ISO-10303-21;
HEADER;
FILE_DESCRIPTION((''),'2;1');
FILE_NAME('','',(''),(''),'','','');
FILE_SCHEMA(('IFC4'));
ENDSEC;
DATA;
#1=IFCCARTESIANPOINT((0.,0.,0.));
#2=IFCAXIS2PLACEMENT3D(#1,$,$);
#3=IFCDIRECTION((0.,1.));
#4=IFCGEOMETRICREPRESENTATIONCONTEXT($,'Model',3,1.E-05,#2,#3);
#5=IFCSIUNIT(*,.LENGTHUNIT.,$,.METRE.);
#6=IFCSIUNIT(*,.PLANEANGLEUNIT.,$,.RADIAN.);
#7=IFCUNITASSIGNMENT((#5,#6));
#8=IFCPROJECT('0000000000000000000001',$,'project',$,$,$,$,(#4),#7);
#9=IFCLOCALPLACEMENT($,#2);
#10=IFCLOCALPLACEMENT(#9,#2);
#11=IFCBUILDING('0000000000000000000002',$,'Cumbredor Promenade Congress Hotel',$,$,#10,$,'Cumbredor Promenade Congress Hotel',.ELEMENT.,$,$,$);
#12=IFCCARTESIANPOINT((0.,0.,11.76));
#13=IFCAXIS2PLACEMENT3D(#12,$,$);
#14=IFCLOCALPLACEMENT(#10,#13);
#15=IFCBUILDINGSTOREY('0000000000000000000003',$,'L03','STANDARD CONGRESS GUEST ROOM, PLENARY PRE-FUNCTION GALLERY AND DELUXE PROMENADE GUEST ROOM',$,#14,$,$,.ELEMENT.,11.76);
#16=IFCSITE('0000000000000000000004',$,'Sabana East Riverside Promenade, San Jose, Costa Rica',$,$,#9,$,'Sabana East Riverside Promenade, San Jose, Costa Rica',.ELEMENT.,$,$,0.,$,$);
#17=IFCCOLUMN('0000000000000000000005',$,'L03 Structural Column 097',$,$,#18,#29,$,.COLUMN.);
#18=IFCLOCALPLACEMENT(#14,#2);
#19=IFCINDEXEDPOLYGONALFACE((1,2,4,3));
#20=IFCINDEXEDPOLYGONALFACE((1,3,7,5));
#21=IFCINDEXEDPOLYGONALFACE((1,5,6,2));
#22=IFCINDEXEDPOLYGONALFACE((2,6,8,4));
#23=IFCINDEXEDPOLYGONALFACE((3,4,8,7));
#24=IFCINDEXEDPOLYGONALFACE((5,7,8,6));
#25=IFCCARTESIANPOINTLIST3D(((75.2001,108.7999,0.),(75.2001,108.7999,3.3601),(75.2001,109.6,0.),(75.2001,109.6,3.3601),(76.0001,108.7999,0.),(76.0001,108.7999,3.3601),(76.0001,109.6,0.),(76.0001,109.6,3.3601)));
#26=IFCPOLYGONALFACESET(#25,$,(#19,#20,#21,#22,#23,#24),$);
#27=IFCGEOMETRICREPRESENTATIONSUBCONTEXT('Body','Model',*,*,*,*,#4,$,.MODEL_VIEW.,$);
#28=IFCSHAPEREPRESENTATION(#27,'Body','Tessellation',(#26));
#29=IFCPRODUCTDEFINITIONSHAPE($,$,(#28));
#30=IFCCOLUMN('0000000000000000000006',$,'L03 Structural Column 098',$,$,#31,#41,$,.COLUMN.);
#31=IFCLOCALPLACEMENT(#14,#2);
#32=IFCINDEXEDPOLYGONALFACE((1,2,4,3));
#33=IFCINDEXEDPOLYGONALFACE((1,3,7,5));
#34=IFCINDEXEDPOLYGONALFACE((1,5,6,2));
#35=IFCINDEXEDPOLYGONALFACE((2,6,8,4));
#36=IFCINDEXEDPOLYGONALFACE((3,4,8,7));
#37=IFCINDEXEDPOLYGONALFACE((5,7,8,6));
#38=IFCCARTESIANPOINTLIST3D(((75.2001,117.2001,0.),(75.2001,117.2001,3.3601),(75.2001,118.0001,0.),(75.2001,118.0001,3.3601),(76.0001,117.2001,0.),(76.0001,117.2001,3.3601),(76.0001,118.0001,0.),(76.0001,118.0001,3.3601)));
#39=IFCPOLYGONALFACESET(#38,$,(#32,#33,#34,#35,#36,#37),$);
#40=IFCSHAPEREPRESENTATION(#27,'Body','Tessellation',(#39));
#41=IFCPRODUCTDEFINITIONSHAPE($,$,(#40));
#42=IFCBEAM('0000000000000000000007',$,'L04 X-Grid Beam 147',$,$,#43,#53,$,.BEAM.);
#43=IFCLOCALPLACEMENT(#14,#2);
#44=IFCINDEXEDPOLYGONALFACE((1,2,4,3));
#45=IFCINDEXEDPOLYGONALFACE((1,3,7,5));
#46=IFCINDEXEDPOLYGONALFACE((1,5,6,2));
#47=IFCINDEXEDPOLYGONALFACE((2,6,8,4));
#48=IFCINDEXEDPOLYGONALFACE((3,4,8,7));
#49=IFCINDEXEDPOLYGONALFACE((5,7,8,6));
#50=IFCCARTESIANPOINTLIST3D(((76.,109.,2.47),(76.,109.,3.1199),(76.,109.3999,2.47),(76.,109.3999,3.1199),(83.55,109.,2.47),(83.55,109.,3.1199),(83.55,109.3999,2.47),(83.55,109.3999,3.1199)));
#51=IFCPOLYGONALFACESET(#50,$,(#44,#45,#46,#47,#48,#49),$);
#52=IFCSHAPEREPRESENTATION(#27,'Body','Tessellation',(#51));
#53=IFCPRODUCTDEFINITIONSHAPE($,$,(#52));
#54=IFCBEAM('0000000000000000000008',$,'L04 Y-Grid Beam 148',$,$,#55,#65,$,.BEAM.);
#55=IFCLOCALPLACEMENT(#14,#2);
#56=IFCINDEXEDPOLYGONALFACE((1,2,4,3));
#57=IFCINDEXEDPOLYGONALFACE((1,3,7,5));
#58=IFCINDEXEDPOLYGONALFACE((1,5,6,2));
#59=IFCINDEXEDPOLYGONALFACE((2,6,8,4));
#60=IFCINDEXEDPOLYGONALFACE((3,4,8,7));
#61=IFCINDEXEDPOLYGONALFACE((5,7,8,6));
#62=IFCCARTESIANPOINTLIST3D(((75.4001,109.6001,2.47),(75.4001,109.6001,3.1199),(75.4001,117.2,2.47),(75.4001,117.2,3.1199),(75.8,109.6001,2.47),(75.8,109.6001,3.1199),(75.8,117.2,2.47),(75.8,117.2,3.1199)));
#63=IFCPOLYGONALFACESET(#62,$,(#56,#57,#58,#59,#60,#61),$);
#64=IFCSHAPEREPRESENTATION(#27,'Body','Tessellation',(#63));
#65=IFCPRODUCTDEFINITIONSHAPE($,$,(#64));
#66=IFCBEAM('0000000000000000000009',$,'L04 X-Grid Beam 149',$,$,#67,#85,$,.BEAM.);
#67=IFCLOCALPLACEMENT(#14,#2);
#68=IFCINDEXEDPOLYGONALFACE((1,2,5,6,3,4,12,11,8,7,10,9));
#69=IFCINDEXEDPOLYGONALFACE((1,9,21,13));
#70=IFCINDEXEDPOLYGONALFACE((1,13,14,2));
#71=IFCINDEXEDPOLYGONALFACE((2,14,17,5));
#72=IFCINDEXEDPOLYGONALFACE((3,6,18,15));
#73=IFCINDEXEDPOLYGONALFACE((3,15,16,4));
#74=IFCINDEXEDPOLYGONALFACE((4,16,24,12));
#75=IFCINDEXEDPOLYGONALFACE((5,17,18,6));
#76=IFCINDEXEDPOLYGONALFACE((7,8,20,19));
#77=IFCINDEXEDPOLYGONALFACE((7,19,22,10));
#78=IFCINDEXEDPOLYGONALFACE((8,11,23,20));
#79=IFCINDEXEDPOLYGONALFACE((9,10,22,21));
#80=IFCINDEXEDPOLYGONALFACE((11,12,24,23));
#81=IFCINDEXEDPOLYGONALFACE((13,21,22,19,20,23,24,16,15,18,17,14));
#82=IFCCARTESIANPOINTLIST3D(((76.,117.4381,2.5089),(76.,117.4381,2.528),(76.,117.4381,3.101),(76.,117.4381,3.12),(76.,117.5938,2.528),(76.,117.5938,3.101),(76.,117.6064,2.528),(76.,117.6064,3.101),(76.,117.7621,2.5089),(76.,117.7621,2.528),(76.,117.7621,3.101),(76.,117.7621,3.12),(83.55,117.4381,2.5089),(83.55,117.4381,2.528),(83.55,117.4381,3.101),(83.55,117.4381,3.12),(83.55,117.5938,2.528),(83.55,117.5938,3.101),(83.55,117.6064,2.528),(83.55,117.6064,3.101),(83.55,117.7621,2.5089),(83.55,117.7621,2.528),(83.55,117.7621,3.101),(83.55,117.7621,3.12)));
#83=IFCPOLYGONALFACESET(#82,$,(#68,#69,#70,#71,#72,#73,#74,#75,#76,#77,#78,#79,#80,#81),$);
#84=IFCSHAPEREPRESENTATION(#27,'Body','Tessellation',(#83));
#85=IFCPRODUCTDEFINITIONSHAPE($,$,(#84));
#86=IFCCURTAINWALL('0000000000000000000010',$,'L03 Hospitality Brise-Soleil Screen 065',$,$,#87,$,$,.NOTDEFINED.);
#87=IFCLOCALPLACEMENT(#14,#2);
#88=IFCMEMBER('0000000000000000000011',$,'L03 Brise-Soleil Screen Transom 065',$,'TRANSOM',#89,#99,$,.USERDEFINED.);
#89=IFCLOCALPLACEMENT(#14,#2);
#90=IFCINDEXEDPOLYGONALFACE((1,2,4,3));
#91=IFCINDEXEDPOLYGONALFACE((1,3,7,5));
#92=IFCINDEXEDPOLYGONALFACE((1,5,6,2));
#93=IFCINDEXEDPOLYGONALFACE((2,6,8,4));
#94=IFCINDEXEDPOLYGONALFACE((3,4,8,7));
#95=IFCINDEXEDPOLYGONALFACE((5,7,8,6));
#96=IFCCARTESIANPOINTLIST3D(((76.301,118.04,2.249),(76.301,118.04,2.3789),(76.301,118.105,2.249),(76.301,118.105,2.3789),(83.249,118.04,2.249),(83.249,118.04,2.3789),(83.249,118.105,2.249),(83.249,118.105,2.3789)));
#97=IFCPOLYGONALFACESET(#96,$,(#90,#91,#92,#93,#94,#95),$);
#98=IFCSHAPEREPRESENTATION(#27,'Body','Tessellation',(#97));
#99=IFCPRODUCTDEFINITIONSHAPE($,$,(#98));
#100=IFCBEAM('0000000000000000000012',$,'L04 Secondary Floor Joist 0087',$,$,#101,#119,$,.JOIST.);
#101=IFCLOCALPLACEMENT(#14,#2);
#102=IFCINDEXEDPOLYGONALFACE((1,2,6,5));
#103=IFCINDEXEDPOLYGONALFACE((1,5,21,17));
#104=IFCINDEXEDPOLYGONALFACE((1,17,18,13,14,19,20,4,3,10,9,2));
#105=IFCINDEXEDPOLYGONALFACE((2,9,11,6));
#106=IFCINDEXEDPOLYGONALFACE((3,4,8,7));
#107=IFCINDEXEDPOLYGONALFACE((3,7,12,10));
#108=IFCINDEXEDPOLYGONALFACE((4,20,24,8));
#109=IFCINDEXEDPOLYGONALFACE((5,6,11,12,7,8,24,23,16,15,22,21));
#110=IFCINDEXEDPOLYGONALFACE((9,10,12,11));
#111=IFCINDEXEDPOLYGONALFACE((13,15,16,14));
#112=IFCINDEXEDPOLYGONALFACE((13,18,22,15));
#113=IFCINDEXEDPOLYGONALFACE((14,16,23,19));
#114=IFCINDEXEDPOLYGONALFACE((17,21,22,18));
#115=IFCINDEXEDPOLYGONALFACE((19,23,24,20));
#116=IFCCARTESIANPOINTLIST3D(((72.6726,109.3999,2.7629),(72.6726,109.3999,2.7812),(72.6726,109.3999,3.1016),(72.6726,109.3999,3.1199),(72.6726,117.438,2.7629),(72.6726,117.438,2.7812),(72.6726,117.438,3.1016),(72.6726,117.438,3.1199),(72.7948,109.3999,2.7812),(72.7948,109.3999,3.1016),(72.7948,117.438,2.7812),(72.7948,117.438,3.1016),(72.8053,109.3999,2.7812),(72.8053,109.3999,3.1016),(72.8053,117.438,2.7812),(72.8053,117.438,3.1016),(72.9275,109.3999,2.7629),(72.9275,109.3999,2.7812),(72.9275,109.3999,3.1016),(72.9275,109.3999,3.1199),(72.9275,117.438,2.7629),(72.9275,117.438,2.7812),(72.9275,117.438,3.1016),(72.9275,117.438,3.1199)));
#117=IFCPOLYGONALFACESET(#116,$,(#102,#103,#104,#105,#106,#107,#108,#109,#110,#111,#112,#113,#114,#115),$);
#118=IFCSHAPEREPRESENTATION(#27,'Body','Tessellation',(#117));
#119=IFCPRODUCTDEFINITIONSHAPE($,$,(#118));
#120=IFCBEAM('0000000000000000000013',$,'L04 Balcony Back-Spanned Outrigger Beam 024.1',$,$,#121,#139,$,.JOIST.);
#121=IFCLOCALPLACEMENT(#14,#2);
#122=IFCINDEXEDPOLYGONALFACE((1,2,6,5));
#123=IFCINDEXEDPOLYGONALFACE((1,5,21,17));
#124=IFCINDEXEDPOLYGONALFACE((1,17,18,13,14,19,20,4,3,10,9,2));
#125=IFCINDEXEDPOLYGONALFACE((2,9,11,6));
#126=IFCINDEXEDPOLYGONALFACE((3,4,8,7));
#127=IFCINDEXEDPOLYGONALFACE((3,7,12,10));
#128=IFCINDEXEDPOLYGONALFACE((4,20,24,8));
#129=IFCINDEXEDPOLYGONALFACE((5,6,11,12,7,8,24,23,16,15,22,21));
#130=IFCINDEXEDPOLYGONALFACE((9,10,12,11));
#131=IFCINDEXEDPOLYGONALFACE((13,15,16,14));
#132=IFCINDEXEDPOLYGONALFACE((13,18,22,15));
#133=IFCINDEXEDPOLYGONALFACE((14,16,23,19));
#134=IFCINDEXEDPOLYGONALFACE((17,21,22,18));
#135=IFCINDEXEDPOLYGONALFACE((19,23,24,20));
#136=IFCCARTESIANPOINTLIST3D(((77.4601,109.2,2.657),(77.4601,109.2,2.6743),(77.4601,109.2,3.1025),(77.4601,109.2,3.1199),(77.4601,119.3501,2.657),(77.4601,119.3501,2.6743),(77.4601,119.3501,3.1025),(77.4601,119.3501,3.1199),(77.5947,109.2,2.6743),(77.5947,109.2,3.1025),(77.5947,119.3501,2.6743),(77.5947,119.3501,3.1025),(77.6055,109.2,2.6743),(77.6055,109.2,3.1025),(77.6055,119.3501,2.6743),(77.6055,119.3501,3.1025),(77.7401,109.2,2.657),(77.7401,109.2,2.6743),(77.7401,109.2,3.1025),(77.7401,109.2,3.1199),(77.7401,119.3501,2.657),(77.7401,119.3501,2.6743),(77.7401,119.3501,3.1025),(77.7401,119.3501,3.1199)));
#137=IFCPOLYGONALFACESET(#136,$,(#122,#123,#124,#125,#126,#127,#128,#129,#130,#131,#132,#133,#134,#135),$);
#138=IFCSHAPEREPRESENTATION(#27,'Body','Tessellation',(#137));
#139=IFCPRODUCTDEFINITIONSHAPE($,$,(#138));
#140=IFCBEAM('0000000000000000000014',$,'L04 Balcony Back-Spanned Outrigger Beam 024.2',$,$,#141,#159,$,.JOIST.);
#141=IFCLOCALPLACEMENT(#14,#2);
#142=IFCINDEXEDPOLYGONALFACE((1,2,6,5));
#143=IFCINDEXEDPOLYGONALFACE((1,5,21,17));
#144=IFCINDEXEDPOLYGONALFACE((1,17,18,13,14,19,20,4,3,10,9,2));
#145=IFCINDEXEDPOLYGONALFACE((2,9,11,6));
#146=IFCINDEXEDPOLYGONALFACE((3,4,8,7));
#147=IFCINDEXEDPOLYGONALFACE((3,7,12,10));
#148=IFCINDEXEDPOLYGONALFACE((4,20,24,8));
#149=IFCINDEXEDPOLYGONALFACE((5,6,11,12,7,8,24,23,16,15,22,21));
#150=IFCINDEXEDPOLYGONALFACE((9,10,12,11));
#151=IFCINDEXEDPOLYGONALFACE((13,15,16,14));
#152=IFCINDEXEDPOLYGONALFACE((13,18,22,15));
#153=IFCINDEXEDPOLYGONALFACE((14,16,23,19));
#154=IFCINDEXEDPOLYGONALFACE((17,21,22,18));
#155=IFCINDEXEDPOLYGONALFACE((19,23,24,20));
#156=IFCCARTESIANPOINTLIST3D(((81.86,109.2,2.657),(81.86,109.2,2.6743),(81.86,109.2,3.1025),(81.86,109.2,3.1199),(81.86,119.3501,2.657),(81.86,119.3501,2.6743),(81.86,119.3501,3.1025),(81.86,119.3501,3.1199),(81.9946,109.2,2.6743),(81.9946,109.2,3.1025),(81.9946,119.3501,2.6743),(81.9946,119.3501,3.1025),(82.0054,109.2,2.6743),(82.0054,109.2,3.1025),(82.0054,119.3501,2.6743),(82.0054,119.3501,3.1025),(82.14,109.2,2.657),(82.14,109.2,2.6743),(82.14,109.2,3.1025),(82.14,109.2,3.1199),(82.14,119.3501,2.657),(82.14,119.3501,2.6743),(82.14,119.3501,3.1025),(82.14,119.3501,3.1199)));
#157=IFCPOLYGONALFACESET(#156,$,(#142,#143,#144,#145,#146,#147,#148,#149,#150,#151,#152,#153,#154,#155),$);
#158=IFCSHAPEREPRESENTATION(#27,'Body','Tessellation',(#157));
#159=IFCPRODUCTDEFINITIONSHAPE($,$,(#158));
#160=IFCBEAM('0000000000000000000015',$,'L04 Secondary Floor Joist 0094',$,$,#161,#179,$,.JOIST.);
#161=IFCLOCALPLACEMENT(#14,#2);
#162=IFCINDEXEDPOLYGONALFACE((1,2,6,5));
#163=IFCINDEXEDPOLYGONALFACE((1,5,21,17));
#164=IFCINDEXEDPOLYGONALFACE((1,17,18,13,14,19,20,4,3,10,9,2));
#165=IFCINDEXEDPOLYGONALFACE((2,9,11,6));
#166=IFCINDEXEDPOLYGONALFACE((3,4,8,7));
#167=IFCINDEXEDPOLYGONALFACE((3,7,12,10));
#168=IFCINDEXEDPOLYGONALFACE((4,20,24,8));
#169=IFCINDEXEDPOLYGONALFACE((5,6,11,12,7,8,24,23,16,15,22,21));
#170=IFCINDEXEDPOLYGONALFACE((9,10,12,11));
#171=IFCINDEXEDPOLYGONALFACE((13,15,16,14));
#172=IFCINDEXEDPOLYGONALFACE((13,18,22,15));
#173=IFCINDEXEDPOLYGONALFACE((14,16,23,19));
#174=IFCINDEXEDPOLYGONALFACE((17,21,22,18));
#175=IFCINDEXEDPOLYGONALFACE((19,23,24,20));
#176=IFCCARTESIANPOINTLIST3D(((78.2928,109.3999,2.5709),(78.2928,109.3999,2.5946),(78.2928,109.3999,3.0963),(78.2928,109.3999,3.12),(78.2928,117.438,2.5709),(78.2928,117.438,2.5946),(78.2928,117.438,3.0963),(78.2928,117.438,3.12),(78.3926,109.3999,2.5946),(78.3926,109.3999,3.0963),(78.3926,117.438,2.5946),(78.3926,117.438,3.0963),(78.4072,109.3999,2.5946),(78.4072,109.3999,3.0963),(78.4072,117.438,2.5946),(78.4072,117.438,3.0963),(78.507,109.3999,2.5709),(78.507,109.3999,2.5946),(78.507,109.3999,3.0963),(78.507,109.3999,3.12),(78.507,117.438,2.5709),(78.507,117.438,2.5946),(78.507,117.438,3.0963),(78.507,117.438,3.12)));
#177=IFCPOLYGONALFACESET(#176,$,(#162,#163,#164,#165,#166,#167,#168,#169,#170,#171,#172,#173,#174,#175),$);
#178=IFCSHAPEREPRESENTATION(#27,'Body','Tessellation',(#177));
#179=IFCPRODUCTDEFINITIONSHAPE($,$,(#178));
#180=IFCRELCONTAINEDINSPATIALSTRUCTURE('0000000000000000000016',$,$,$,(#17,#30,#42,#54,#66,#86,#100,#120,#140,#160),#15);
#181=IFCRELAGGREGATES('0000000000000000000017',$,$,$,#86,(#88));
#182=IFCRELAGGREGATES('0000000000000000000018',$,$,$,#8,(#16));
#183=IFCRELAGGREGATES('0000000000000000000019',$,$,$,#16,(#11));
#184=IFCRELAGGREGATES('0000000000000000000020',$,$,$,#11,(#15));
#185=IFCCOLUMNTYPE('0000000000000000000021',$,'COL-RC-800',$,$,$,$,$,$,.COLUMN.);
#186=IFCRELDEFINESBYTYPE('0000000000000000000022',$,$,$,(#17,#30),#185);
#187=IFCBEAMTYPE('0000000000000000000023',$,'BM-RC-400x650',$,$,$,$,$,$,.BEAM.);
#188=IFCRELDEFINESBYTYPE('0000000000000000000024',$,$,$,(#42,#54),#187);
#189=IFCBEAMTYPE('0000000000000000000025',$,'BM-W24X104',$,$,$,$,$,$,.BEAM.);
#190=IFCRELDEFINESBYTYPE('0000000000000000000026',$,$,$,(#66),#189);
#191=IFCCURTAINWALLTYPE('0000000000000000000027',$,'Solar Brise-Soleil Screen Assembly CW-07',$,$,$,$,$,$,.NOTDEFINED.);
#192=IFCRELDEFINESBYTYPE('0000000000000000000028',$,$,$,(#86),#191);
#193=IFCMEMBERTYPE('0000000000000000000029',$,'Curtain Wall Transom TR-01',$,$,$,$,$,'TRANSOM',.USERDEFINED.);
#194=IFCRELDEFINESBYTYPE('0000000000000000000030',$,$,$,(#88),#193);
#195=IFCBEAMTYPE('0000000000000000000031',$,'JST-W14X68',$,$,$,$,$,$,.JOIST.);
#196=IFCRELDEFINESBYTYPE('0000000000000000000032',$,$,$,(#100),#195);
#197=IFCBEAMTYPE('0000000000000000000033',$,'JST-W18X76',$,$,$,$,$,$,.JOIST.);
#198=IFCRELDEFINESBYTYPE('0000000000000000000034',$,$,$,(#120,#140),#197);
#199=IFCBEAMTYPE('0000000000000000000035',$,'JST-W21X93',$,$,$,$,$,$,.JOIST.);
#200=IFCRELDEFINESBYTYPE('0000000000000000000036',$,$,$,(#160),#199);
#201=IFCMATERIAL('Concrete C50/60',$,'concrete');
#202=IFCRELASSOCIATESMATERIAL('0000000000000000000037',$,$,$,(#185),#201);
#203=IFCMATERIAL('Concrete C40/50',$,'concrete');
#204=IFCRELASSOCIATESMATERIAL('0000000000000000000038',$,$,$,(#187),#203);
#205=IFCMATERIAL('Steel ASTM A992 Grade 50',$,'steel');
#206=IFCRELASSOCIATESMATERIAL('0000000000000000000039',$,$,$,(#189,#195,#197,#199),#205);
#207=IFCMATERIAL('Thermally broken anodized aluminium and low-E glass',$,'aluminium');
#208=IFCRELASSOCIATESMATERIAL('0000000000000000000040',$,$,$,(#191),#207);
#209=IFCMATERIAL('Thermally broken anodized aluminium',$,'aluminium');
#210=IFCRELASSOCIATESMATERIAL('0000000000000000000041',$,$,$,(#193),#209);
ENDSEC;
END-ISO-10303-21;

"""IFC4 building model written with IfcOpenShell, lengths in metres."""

from ifc_helpers import new_model, si_unit, direction, frame, origin, origin_2d, place, context, subcontext, project, spatial, rectangle, i_section, extrude, material, material_profile, profile_set, type_object, element, aggregate, save


model = new_model("IFC4")

# Units and contexts
model_context = context("Model", 3, precision=1e-05, world=origin(), true_north=direction((0.0, 1.0)))
body_context = subcontext(model_context, "Body", "Model", "MODEL_VIEW")
ifc_project = project(units=[si_unit("LENGTHUNIT", "METRE"), si_unit("PLANEANGLEUNIT", "RADIAN")], contexts=[model_context])

# Site, building, storey
site_placement = place(None, origin())
site = spatial("IfcSite", under=ifc_project, at=site_placement, Name="Sabana East Riverside Promenade, San Jose, Costa Rica", LongName="Sabana East Riverside Promenade, San Jose, Costa Rica", CompositionType="ELEMENT", RefElevation=0.0)
building_placement = place(site_placement, origin())
building = spatial("IfcBuilding", under=site, at=building_placement, Name="Cumbredor Promenade Congress Hotel", LongName="Cumbredor Promenade Congress Hotel", CompositionType="ELEMENT")
storey_placement = place(building_placement, frame((0.0, 0.0, 11.76)))
storey = spatial("IfcBuildingStorey", under=building, at=storey_placement, Name="L03", Description="STANDARD CONGRESS GUEST ROOM, PLENARY PRE-FUNCTION GALLERY AND DELUXE PROMENADE GUEST ROOM", CompositionType="ELEMENT", Elevation=11.76)

# Columns
ifc_material_1 = material(Name="Concrete C50/60", Category="concrete")
ifc_material_profile_1 = material_profile(ifc_material_1, rectangle(XDim=0.8, YDim=0.8, at=origin_2d()), Name="RC 800x800")
ifc_profile_set_1 = profile_set([ifc_material_profile_1], Name="Concrete C50/60")
column_type = type_object("IfcColumnType", Name="COL-RC-800", PredefinedType="COLUMN", material=ifc_profile_set_1)
for number, where, z_axis, x_axis, name in (
    (1, (75.6001, 109.2, 0.0), (0.0, 0.0, 1.0), (1.0, 0.0, 0.0), "L03 Structural Column 097"),
    (2, (75.6001, 117.6001, 0.0), (0.0, 0.0, 1.0), (1.0, 0.0, 0.0), "L03 Structural Column 098"),
):
    element("IfcColumn", number, at=place(storey_placement, frame(where, z_axis=z_axis, x_axis=x_axis)), inside=storey, type_object=column_type, Name=name, PredefinedType="COLUMN", context=body_context, shape_type="SweptSolid", body=[
        extrude(rectangle(XDim=0.8, YDim=0.8, at=origin_2d()), origin(), (0.0, 0.0, 1.0), 3.3601),
    ])

# Beams
ifc_material_2 = material(Name="Concrete C40/50", Category="concrete")
ifc_material_profile_2 = material_profile(ifc_material_2, rectangle(XDim=0.3999, YDim=0.6499, at=origin_2d()), Name="RC BEAM 400x650")
ifc_profile_set_2 = profile_set([ifc_material_profile_2], Name="Concrete C40/50")
beam_type_1 = type_object("IfcBeamType", Name="BM-RC-400x650", PredefinedType="BEAM", material=ifc_profile_set_2)
beam_1_placement = place(storey_placement, frame((76.0, 109.2, 2.7949), z_axis=(1.0, 0.0, 0.0), x_axis=(0.0, 1.0, 0.0)))
element("IfcBeam", 3, at=beam_1_placement, inside=storey, type_object=beam_type_1, Name="L04 X-Grid Beam 147", PredefinedType="BEAM", context=body_context, shape_type="SweptSolid", body=[
    extrude(rectangle(XDim=0.3999, YDim=0.6499, at=origin_2d()), origin(), (0.0, 0.0, 1.0), 7.55),
])
beam_2_placement = place(storey_placement, frame((75.6001, 109.6001, 2.7949), z_axis=(0.0, 1.0, 0.0), x_axis=(-1.0, 0.0, 0.0)))
element("IfcBeam", 4, at=beam_2_placement, inside=storey, type_object=beam_type_1, Name="L04 Y-Grid Beam 148", PredefinedType="BEAM", context=body_context, shape_type="SweptSolid", body=[
    extrude(rectangle(XDim=0.3999, YDim=0.6499, at=origin_2d()), origin(), (0.0, 0.0, 1.0), 7.5999),
])
ifc_material_3 = material(Name="Steel ASTM A992 Grade 50", Category="steel")
ifc_material_profile_3 = material_profile(ifc_material_3, i_section(OverallWidth=0.324, OverallDepth=0.6111, WebThickness=0.0127, FlangeThickness=0.019, at=origin_2d()), Name="W24X104")
ifc_profile_set_3 = profile_set([ifc_material_profile_3], Name="Steel ASTM A992 Grade 50")
beam_type_2 = type_object("IfcBeamType", Name="BM-W24X104", PredefinedType="BEAM", material=ifc_profile_set_3)
beam_3_placement = place(storey_placement, frame((76.0, 117.6001, 2.8145), z_axis=(1.0, 0.0, 0.0), x_axis=(0.0, 1.0, 0.0)))
element("IfcBeam", 5, at=beam_3_placement, inside=storey, type_object=beam_type_2, Name="L04 X-Grid Beam 149", PredefinedType="BEAM", context=body_context, shape_type="SweptSolid", body=[
    extrude(i_section(OverallWidth=0.324, OverallDepth=0.6111, WebThickness=0.0127, FlangeThickness=0.019, at=origin_2d()), origin(), (0.0, 0.0, 1.0), 7.55),
])

# Curtain wall, member
ifc_material_4 = material(Name="Thermally broken anodized aluminium and low-E glass", Category="aluminium")
curtain_wall_type = type_object("IfcCurtainWallType", Name="Solar Brise-Soleil Screen Assembly CW-07", PredefinedType="NOTDEFINED", material=ifc_material_4)
curtain_wall_1_placement = place(storey_placement, origin())
curtain_wall_1 = element("IfcCurtainWall", 6, at=curtain_wall_1_placement, inside=storey, type_object=curtain_wall_type, Name="L03 Hospitality Brise-Soleil Screen 065", PredefinedType="NOTDEFINED")
ifc_material_5 = material(Name="Thermally broken anodized aluminium", Category="aluminium")
ifc_material_profile_4 = material_profile(ifc_material_5, rectangle(XDim=0.0649, YDim=0.1299, at=origin_2d()), Name="ALU TRANSOM 65x130")
ifc_profile_set_4 = profile_set([ifc_material_profile_4], Name="Thermally broken anodized aluminium")
member_type_1 = type_object("IfcMemberType", Name="Curtain Wall Transom TR-01", ElementType="TRANSOM", PredefinedType="USERDEFINED", material=ifc_profile_set_4)
member_1_placement = place(storey_placement, frame((76.301, 118.0725, 2.314), z_axis=(1.0, 0.0, 0.0), x_axis=(0.0, 1.0, 0.0)))
member_1 = element("IfcMember", 7, at=member_1_placement, type_object=member_type_1, Name="L03 Brise-Soleil Screen Transom 065", ObjectType="TRANSOM", PredefinedType="USERDEFINED", context=body_context, shape_type="SweptSolid", body=[
    extrude(rectangle(XDim=0.0649, YDim=0.1299, at=origin_2d()), origin(), (0.0, 0.0, 1.0), 6.948),
])

# Beams
ifc_material_profile_5 = material_profile(ifc_material_3, i_section(OverallWidth=0.2549, OverallDepth=0.3569, WebThickness=0.0105, FlangeThickness=0.0183, at=origin_2d()), Name="W14X68")
ifc_profile_set_5 = profile_set([ifc_material_profile_5], Name="Steel ASTM A992 Grade 50")
beam_type_3 = type_object("IfcBeamType", Name="JST-W14X68", PredefinedType="JOIST", material=ifc_profile_set_5)
beam_4_placement = place(storey_placement, frame((72.8, 109.3999, 2.9414), z_axis=(0.0, 1.0, 0.0), x_axis=(-1.0, 0.0, 0.0)))
element("IfcBeam", 8, at=beam_4_placement, inside=storey, type_object=beam_type_3, Name="L04 Secondary Floor Joist 0087", PredefinedType="JOIST", context=body_context, shape_type="SweptSolid", body=[
    extrude(i_section(OverallWidth=0.2549, OverallDepth=0.3569, WebThickness=0.0105, FlangeThickness=0.0183, at=origin_2d()), origin(), (0.0, 0.0, 1.0), 8.0381),
])
ifc_material_profile_6 = material_profile(ifc_material_3, i_section(OverallWidth=0.28, OverallDepth=0.4629, WebThickness=0.0107, FlangeThickness=0.0173, at=origin_2d()), Name="W18X76")
ifc_profile_set_6 = profile_set([ifc_material_profile_6], Name="Steel ASTM A992 Grade 50")
beam_type_4 = type_object("IfcBeamType", Name="JST-W18X76", PredefinedType="JOIST", material=ifc_profile_set_6)
for number, where, z_axis, x_axis, name in (
    (9, (77.6001, 109.2, 2.8884), (0.0, 1.0, 0.0), (-1.0, 0.0, 0.0), "L04 Balcony Back-Spanned Outrigger Beam 024.1"),
    (10, (82.0, 109.2, 2.8884), (0.0, 1.0, 0.0), (-1.0, 0.0, 0.0), "L04 Balcony Back-Spanned Outrigger Beam 024.2"),
):
    element("IfcBeam", number, at=place(storey_placement, frame(where, z_axis=z_axis, x_axis=x_axis)), inside=storey, type_object=beam_type_4, Name=name, PredefinedType="JOIST", context=body_context, shape_type="SweptSolid", body=[
        extrude(i_section(OverallWidth=0.28, OverallDepth=0.4629, WebThickness=0.0107, FlangeThickness=0.0173, at=origin_2d()), origin(), (0.0, 0.0, 1.0), 10.1501),
    ])
ifc_material_profile_7 = material_profile(ifc_material_3, i_section(OverallWidth=0.2141, OverallDepth=0.5491, WebThickness=0.0146, FlangeThickness=0.0237, at=origin_2d()), Name="W21X93")
ifc_profile_set_7 = profile_set([ifc_material_profile_7], Name="Steel ASTM A992 Grade 50")
beam_type_5 = type_object("IfcBeamType", Name="JST-W21X93", PredefinedType="JOIST", material=ifc_profile_set_7)
for number, where, z_axis, x_axis, name in (
    (11, (78.3999, 109.3999, 2.8455), (0.0, 1.0, 0.0), (-1.0, 0.0, 0.0), "L04 Secondary Floor Joist 0094"),
):
    element("IfcBeam", number, at=place(storey_placement, frame(where, z_axis=z_axis, x_axis=x_axis)), inside=storey, type_object=beam_type_5, Name=name, PredefinedType="JOIST", context=body_context, shape_type="SweptSolid", body=[
        extrude(i_section(OverallWidth=0.2141, OverallDepth=0.5491, WebThickness=0.0146, FlangeThickness=0.0237, at=origin_2d()), origin(), (0.0, 0.0, 1.0), 8.0381),
    ])

aggregate(curtain_wall_1, [member_1])

save(model, "model.ifc")
